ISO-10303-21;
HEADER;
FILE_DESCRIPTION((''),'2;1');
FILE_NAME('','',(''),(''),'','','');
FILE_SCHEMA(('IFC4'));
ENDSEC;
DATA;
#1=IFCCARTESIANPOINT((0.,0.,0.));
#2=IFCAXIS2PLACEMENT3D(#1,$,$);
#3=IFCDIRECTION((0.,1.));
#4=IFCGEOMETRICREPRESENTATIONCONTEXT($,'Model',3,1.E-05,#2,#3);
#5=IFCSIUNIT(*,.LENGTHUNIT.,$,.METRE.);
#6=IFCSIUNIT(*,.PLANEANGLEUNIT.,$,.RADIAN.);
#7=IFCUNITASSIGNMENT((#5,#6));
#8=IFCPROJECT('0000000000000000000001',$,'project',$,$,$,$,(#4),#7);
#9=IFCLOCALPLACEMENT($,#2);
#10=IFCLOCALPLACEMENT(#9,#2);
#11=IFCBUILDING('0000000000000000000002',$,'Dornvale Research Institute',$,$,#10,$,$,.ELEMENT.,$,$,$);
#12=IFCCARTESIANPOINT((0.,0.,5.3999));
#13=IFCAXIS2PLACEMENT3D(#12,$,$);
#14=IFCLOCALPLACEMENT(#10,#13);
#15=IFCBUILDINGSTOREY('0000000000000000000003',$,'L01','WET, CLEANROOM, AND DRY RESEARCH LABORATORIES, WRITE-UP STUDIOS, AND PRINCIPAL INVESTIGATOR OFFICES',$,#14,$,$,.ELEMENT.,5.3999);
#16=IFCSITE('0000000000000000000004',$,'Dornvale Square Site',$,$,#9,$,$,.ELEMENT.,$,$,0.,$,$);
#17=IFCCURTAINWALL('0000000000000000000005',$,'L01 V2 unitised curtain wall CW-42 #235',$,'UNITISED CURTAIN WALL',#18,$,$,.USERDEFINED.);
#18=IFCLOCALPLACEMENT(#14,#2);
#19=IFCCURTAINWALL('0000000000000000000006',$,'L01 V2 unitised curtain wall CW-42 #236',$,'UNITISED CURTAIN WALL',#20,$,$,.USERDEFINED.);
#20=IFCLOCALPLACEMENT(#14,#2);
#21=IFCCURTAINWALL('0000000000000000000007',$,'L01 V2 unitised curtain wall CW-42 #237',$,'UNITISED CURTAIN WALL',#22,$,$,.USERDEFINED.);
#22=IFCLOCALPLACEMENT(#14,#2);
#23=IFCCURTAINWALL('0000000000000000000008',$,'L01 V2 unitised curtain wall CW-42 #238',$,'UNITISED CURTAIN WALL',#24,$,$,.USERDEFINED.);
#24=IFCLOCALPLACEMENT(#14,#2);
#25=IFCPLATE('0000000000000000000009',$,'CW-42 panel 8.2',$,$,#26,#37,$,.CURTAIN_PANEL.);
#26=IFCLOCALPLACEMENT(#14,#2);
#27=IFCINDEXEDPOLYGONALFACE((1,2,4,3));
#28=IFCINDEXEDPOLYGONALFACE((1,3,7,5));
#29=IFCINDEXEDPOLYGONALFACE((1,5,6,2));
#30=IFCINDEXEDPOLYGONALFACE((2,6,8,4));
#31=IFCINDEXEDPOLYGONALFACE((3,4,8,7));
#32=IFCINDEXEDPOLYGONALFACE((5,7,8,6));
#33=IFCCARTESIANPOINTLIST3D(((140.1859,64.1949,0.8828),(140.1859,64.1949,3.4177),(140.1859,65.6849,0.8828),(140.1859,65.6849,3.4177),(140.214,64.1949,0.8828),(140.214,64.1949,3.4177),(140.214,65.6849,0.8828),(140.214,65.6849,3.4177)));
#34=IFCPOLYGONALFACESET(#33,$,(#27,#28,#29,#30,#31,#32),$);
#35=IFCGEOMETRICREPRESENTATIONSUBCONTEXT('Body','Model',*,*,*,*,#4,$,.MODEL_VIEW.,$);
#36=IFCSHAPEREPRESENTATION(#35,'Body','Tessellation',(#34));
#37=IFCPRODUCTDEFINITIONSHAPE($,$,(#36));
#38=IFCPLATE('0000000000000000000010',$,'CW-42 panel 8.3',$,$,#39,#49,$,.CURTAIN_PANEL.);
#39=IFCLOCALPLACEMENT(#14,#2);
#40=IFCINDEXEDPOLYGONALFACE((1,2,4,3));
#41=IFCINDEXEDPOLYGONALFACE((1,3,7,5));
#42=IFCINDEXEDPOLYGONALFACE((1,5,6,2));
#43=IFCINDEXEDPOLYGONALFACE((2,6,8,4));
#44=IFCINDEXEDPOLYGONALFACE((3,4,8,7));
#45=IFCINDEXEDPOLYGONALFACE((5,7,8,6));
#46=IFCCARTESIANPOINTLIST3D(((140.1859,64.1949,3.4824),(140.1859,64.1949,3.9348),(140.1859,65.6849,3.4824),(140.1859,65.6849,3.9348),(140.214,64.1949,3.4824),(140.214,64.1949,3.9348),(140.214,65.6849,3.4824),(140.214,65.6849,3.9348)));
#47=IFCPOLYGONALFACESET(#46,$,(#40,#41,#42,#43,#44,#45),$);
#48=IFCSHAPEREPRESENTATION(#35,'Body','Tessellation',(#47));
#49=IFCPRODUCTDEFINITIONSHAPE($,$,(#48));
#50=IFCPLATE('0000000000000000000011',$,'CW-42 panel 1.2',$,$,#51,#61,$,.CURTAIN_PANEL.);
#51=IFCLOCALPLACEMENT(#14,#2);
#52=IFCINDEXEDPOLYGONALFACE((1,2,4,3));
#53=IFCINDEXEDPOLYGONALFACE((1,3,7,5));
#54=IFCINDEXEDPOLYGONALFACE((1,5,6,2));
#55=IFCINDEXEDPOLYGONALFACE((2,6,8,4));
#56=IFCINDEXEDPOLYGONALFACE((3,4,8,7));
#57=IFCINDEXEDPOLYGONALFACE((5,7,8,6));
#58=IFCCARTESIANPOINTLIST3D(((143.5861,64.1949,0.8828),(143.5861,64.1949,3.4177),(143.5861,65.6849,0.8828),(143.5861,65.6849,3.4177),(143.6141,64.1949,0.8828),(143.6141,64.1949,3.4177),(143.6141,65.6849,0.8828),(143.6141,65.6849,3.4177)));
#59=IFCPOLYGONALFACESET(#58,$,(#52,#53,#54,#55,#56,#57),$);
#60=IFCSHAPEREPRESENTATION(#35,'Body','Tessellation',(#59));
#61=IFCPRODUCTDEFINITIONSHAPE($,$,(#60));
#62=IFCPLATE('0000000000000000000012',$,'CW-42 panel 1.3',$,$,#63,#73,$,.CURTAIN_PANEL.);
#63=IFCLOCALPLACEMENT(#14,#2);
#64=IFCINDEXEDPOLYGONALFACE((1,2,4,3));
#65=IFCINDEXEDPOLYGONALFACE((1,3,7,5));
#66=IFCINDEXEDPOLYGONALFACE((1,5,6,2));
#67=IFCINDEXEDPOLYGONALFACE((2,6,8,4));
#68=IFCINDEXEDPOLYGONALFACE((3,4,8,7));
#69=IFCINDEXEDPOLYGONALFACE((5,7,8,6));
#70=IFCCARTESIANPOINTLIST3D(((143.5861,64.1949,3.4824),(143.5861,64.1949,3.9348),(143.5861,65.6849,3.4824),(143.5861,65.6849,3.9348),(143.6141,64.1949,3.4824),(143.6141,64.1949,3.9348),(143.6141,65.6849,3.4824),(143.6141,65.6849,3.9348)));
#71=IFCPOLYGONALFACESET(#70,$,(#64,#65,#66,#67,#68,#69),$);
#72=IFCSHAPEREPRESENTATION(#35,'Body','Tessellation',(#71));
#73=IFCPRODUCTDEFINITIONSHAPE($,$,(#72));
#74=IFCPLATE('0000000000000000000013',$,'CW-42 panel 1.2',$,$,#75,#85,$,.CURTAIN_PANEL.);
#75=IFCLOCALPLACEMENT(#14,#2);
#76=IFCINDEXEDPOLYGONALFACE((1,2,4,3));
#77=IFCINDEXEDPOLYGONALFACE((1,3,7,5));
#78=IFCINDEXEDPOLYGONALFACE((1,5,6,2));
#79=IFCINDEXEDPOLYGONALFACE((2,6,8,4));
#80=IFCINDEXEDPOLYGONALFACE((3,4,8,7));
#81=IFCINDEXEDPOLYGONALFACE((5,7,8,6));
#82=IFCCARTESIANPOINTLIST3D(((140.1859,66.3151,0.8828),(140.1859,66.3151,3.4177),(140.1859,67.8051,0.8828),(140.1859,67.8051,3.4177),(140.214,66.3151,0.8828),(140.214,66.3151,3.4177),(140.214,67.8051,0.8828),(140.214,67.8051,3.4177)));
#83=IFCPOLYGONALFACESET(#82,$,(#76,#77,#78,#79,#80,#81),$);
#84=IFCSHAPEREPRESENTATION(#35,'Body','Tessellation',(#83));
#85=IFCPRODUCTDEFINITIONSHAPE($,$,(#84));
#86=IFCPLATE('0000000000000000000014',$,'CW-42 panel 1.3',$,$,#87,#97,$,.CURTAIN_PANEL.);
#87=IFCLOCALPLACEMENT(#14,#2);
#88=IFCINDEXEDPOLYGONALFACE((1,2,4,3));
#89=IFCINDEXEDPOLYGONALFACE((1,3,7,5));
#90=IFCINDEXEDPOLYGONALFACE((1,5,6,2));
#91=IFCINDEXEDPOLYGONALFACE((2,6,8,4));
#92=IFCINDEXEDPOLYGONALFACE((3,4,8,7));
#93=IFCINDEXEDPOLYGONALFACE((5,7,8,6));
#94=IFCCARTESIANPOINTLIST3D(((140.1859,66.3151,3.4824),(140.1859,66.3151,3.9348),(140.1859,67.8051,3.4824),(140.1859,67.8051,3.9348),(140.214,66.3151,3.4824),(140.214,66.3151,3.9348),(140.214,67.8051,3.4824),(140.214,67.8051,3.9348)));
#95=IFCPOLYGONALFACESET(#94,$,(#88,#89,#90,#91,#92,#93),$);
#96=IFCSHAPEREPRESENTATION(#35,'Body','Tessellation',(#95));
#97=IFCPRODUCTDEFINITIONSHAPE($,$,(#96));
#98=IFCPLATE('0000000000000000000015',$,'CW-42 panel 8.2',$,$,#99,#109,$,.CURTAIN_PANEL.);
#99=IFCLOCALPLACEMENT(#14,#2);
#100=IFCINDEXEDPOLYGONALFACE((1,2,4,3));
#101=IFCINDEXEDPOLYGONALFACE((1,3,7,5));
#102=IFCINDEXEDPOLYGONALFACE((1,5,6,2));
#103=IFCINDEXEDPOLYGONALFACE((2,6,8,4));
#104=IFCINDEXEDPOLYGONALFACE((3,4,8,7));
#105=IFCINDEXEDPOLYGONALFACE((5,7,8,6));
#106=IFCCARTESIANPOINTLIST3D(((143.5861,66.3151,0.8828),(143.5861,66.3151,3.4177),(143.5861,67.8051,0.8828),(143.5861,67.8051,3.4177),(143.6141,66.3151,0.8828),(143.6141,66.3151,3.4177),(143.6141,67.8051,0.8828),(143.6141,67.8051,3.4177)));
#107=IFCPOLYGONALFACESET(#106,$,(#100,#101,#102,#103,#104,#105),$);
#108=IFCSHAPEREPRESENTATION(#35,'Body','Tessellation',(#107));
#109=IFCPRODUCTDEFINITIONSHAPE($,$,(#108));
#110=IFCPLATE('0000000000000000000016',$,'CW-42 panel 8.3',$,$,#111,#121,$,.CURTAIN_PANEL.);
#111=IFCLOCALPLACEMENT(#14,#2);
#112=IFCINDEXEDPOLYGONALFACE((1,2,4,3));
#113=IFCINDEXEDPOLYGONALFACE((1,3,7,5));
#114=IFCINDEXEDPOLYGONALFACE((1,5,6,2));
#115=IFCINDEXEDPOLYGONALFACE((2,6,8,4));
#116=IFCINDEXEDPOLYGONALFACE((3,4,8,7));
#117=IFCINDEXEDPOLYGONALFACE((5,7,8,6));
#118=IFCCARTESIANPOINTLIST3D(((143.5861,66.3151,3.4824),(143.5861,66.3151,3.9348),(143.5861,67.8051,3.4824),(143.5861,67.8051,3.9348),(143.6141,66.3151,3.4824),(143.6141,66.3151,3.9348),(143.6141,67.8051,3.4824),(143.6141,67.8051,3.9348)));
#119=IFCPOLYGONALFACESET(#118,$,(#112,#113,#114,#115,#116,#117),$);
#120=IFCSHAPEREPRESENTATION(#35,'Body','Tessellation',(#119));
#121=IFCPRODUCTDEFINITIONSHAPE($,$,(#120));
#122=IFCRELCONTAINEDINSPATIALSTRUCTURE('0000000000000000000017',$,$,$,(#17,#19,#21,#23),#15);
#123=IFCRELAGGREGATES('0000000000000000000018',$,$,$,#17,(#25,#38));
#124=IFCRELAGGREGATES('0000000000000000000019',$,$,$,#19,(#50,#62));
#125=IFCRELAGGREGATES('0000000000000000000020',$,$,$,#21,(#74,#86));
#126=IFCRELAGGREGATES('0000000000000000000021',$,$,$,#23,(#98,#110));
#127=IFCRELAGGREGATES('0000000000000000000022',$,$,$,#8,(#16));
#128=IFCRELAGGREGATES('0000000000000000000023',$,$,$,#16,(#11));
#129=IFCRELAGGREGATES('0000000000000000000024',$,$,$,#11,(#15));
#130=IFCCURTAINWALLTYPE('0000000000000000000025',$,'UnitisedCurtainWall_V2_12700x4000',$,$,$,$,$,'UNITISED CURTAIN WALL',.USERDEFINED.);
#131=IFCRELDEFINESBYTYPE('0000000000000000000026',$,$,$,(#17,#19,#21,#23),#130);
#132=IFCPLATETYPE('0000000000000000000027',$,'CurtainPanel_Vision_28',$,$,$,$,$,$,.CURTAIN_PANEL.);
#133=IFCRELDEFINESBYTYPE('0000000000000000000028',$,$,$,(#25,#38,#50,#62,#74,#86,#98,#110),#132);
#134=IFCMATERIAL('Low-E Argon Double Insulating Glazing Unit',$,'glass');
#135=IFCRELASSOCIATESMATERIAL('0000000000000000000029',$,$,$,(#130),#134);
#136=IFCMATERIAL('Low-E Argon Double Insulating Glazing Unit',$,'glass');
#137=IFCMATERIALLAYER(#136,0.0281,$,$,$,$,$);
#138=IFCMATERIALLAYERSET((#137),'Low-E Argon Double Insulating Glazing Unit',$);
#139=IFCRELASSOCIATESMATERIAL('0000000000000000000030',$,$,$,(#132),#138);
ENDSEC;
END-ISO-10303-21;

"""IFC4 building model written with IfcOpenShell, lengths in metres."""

from ifc_helpers import new_model, si_unit, direction, frame, origin, origin_2d, place, context, subcontext, project, spatial, rectangle, extrude, material, layer, layer_set, type_object, element, aggregate, save


model = new_model("IFC4")

# Units and contexts
model_context = context("Model", 3, precision=1e-05, world=origin(), true_north=direction((0.0, 1.0)))
body_context = subcontext(model_context, "Body", "Model", "MODEL_VIEW")
ifc_project = project(units=[si_unit("LENGTHUNIT", "METRE"), si_unit("PLANEANGLEUNIT", "RADIAN")], contexts=[model_context])

# Site, building, storey
site_placement = place(None, origin())
site = spatial("IfcSite", under=ifc_project, at=site_placement, Name="Dornvale Square Site", CompositionType="ELEMENT", RefElevation=0.0)
building_placement = place(site_placement, origin())
building = spatial("IfcBuilding", under=site, at=building_placement, Name="Dornvale Research Institute", CompositionType="ELEMENT")
storey_placement = place(building_placement, frame((0.0, 0.0, 5.3999)))
storey = spatial("IfcBuildingStorey", under=building, at=storey_placement, Name="L01", Description="WET, CLEANROOM, AND DRY RESEARCH LABORATORIES, WRITE-UP STUDIOS, AND PRINCIPAL INVESTIGATOR OFFICES", CompositionType="ELEMENT", Elevation=5.3999)

# Curtain walls
ifc_material_1 = material(Name="Low-E Argon Double Insulating Glazing Unit", Category="glass")
curtain_wall_type = type_object("IfcCurtainWallType", Name="UnitisedCurtainWall_V2_12700x4000", ElementType="UNITISED CURTAIN WALL", PredefinedType="USERDEFINED", material=ifc_material_1)
curtain_wall_1_placement = place(storey_placement, origin())
curtain_wall_1 = element("IfcCurtainWall", 1, at=curtain_wall_1_placement, inside=storey, type_object=curtain_wall_type, Name="L01 V2 unitised curtain wall CW-42 #235", ObjectType="UNITISED CURTAIN WALL", PredefinedType="USERDEFINED")
curtain_wall_2_placement = place(storey_placement, origin())
curtain_wall_2 = element("IfcCurtainWall", 2, at=curtain_wall_2_placement, inside=storey, type_object=curtain_wall_type, Name="L01 V2 unitised curtain wall CW-42 #236", ObjectType="UNITISED CURTAIN WALL", PredefinedType="USERDEFINED")
curtain_wall_3_placement = place(storey_placement, origin())
curtain_wall_3 = element("IfcCurtainWall", 3, at=curtain_wall_3_placement, inside=storey, type_object=curtain_wall_type, Name="L01 V2 unitised curtain wall CW-42 #237", ObjectType="UNITISED CURTAIN WALL", PredefinedType="USERDEFINED")
curtain_wall_4_placement = place(storey_placement, origin())
curtain_wall_4 = element("IfcCurtainWall", 4, at=curtain_wall_4_placement, inside=storey, type_object=curtain_wall_type, Name="L01 V2 unitised curtain wall CW-42 #238", ObjectType="UNITISED CURTAIN WALL", PredefinedType="USERDEFINED")

# Plates
ifc_material_2 = material(Name="Low-E Argon Double Insulating Glazing Unit", Category="glass")
ifc_layer_1 = layer(ifc_material_2, 0.0281)
ifc_layer_set_1 = layer_set([ifc_layer_1], Name="Low-E Argon Double Insulating Glazing Unit")
plate_type_1 = type_object("IfcPlateType", Name="CurtainPanel_Vision_28", PredefinedType="CURTAIN_PANEL", material=ifc_layer_set_1)
plate_1_placement = place(storey_placement, frame((140.2, 64.9399, 0.8828), z_axis=(0.0, 0.0, 1.0), x_axis=(0.0, 1.0, 0.0)))
plate_1 = element("IfcPlate", 5, at=plate_1_placement, type_object=plate_type_1, Name="CW-42 panel 8.2", PredefinedType="CURTAIN_PANEL", context=body_context, shape_type="SweptSolid", body=[
    extrude(rectangle(XDim=1.49, YDim=0.0281, at=origin_2d()), origin(), (0.0, 0.0, 1.0), 2.5349),
])
plate_2_placement = place(storey_placement, frame((140.2, 64.9399, 3.4824), z_axis=(0.0, 0.0, 1.0), x_axis=(0.0, 1.0, 0.0)))
plate_2 = element("IfcPlate", 6, at=plate_2_placement, type_object=plate_type_1, Name="CW-42 panel 8.3", PredefinedType="CURTAIN_PANEL", context=body_context, shape_type="SweptSolid", body=[
    extrude(rectangle(XDim=1.49, YDim=0.0281, at=origin_2d()), origin(), (0.0, 0.0, 1.0), 0.4524),
])
aggregate(curtain_wall_1, [plate_1, plate_2])
plate_3_placement = place(storey_placement, frame((143.6001, 64.9399, 0.8828), z_axis=(0.0, 0.0, 1.0), x_axis=(0.0, -1.0, 0.0)))
plate_3 = element("IfcPlate", 7, at=plate_3_placement, type_object=plate_type_1, Name="CW-42 panel 1.2", PredefinedType="CURTAIN_PANEL", context=body_context, shape_type="SweptSolid", body=[
    extrude(rectangle(XDim=1.49, YDim=0.0281, at=origin_2d()), origin(), (0.0, 0.0, 1.0), 2.5349),
])
plate_4_placement = place(storey_placement, frame((143.6001, 64.9399, 3.4824), z_axis=(0.0, 0.0, 1.0), x_axis=(0.0, -1.0, 0.0)))
plate_4 = element("IfcPlate", 8, at=plate_4_placement, type_object=plate_type_1, Name="CW-42 panel 1.3", PredefinedType="CURTAIN_PANEL", context=body_context, shape_type="SweptSolid", body=[
    extrude(rectangle(XDim=1.49, YDim=0.0281, at=origin_2d()), origin(), (0.0, 0.0, 1.0), 0.4524),
])
aggregate(curtain_wall_2, [plate_3, plate_4])
plate_5_placement = place(storey_placement, frame((140.2, 67.0601, 0.8828), z_axis=(0.0, 0.0, 1.0), x_axis=(0.0, 1.0, 0.0)))
plate_5 = element("IfcPlate", 9, at=plate_5_placement, type_object=plate_type_1, Name="CW-42 panel 1.2", PredefinedType="CURTAIN_PANEL", context=body_context, shape_type="SweptSolid", body=[
    extrude(rectangle(XDim=1.49, YDim=0.0281, at=origin_2d()), origin(), (0.0, 0.0, 1.0), 2.5349),
])
plate_6_placement = place(storey_placement, frame((140.2, 67.0601, 3.4824), z_axis=(0.0, 0.0, 1.0), x_axis=(0.0, 1.0, 0.0)))
plate_6 = element("IfcPlate", 10, at=plate_6_placement, type_object=plate_type_1, Name="CW-42 panel 1.3", PredefinedType="CURTAIN_PANEL", context=body_context, shape_type="SweptSolid", body=[
    extrude(rectangle(XDim=1.49, YDim=0.0281, at=origin_2d()), origin(), (0.0, 0.0, 1.0), 0.4524),
])
aggregate(curtain_wall_3, [plate_5, plate_6])
plate_7_placement = place(storey_placement, frame((143.6001, 67.0601, 0.8828), z_axis=(0.0, 0.0, 1.0), x_axis=(0.0, -1.0, 0.0)))
plate_7 = element("IfcPlate", 11, at=plate_7_placement, type_object=plate_type_1, Name="CW-42 panel 8.2", PredefinedType="CURTAIN_PANEL", context=body_context, shape_type="SweptSolid", body=[
    extrude(rectangle(XDim=1.49, YDim=0.0281, at=origin_2d()), origin(), (0.0, 0.0, 1.0), 2.5349),
])
plate_8_placement = place(storey_placement, frame((143.6001, 67.0601, 3.4824), z_axis=(0.0, 0.0, 1.0), x_axis=(0.0, -1.0, 0.0)))
plate_8 = element("IfcPlate", 12, at=plate_8_placement, type_object=plate_type_1, Name="CW-42 panel 8.3", PredefinedType="CURTAIN_PANEL", context=body_context, shape_type="SweptSolid", body=[
    extrude(rectangle(XDim=1.49, YDim=0.0281, at=origin_2d()), origin(), (0.0, 0.0, 1.0), 0.4524),
])
aggregate(curtain_wall_4, [plate_7, plate_8])

save(model, "model.ifc")
